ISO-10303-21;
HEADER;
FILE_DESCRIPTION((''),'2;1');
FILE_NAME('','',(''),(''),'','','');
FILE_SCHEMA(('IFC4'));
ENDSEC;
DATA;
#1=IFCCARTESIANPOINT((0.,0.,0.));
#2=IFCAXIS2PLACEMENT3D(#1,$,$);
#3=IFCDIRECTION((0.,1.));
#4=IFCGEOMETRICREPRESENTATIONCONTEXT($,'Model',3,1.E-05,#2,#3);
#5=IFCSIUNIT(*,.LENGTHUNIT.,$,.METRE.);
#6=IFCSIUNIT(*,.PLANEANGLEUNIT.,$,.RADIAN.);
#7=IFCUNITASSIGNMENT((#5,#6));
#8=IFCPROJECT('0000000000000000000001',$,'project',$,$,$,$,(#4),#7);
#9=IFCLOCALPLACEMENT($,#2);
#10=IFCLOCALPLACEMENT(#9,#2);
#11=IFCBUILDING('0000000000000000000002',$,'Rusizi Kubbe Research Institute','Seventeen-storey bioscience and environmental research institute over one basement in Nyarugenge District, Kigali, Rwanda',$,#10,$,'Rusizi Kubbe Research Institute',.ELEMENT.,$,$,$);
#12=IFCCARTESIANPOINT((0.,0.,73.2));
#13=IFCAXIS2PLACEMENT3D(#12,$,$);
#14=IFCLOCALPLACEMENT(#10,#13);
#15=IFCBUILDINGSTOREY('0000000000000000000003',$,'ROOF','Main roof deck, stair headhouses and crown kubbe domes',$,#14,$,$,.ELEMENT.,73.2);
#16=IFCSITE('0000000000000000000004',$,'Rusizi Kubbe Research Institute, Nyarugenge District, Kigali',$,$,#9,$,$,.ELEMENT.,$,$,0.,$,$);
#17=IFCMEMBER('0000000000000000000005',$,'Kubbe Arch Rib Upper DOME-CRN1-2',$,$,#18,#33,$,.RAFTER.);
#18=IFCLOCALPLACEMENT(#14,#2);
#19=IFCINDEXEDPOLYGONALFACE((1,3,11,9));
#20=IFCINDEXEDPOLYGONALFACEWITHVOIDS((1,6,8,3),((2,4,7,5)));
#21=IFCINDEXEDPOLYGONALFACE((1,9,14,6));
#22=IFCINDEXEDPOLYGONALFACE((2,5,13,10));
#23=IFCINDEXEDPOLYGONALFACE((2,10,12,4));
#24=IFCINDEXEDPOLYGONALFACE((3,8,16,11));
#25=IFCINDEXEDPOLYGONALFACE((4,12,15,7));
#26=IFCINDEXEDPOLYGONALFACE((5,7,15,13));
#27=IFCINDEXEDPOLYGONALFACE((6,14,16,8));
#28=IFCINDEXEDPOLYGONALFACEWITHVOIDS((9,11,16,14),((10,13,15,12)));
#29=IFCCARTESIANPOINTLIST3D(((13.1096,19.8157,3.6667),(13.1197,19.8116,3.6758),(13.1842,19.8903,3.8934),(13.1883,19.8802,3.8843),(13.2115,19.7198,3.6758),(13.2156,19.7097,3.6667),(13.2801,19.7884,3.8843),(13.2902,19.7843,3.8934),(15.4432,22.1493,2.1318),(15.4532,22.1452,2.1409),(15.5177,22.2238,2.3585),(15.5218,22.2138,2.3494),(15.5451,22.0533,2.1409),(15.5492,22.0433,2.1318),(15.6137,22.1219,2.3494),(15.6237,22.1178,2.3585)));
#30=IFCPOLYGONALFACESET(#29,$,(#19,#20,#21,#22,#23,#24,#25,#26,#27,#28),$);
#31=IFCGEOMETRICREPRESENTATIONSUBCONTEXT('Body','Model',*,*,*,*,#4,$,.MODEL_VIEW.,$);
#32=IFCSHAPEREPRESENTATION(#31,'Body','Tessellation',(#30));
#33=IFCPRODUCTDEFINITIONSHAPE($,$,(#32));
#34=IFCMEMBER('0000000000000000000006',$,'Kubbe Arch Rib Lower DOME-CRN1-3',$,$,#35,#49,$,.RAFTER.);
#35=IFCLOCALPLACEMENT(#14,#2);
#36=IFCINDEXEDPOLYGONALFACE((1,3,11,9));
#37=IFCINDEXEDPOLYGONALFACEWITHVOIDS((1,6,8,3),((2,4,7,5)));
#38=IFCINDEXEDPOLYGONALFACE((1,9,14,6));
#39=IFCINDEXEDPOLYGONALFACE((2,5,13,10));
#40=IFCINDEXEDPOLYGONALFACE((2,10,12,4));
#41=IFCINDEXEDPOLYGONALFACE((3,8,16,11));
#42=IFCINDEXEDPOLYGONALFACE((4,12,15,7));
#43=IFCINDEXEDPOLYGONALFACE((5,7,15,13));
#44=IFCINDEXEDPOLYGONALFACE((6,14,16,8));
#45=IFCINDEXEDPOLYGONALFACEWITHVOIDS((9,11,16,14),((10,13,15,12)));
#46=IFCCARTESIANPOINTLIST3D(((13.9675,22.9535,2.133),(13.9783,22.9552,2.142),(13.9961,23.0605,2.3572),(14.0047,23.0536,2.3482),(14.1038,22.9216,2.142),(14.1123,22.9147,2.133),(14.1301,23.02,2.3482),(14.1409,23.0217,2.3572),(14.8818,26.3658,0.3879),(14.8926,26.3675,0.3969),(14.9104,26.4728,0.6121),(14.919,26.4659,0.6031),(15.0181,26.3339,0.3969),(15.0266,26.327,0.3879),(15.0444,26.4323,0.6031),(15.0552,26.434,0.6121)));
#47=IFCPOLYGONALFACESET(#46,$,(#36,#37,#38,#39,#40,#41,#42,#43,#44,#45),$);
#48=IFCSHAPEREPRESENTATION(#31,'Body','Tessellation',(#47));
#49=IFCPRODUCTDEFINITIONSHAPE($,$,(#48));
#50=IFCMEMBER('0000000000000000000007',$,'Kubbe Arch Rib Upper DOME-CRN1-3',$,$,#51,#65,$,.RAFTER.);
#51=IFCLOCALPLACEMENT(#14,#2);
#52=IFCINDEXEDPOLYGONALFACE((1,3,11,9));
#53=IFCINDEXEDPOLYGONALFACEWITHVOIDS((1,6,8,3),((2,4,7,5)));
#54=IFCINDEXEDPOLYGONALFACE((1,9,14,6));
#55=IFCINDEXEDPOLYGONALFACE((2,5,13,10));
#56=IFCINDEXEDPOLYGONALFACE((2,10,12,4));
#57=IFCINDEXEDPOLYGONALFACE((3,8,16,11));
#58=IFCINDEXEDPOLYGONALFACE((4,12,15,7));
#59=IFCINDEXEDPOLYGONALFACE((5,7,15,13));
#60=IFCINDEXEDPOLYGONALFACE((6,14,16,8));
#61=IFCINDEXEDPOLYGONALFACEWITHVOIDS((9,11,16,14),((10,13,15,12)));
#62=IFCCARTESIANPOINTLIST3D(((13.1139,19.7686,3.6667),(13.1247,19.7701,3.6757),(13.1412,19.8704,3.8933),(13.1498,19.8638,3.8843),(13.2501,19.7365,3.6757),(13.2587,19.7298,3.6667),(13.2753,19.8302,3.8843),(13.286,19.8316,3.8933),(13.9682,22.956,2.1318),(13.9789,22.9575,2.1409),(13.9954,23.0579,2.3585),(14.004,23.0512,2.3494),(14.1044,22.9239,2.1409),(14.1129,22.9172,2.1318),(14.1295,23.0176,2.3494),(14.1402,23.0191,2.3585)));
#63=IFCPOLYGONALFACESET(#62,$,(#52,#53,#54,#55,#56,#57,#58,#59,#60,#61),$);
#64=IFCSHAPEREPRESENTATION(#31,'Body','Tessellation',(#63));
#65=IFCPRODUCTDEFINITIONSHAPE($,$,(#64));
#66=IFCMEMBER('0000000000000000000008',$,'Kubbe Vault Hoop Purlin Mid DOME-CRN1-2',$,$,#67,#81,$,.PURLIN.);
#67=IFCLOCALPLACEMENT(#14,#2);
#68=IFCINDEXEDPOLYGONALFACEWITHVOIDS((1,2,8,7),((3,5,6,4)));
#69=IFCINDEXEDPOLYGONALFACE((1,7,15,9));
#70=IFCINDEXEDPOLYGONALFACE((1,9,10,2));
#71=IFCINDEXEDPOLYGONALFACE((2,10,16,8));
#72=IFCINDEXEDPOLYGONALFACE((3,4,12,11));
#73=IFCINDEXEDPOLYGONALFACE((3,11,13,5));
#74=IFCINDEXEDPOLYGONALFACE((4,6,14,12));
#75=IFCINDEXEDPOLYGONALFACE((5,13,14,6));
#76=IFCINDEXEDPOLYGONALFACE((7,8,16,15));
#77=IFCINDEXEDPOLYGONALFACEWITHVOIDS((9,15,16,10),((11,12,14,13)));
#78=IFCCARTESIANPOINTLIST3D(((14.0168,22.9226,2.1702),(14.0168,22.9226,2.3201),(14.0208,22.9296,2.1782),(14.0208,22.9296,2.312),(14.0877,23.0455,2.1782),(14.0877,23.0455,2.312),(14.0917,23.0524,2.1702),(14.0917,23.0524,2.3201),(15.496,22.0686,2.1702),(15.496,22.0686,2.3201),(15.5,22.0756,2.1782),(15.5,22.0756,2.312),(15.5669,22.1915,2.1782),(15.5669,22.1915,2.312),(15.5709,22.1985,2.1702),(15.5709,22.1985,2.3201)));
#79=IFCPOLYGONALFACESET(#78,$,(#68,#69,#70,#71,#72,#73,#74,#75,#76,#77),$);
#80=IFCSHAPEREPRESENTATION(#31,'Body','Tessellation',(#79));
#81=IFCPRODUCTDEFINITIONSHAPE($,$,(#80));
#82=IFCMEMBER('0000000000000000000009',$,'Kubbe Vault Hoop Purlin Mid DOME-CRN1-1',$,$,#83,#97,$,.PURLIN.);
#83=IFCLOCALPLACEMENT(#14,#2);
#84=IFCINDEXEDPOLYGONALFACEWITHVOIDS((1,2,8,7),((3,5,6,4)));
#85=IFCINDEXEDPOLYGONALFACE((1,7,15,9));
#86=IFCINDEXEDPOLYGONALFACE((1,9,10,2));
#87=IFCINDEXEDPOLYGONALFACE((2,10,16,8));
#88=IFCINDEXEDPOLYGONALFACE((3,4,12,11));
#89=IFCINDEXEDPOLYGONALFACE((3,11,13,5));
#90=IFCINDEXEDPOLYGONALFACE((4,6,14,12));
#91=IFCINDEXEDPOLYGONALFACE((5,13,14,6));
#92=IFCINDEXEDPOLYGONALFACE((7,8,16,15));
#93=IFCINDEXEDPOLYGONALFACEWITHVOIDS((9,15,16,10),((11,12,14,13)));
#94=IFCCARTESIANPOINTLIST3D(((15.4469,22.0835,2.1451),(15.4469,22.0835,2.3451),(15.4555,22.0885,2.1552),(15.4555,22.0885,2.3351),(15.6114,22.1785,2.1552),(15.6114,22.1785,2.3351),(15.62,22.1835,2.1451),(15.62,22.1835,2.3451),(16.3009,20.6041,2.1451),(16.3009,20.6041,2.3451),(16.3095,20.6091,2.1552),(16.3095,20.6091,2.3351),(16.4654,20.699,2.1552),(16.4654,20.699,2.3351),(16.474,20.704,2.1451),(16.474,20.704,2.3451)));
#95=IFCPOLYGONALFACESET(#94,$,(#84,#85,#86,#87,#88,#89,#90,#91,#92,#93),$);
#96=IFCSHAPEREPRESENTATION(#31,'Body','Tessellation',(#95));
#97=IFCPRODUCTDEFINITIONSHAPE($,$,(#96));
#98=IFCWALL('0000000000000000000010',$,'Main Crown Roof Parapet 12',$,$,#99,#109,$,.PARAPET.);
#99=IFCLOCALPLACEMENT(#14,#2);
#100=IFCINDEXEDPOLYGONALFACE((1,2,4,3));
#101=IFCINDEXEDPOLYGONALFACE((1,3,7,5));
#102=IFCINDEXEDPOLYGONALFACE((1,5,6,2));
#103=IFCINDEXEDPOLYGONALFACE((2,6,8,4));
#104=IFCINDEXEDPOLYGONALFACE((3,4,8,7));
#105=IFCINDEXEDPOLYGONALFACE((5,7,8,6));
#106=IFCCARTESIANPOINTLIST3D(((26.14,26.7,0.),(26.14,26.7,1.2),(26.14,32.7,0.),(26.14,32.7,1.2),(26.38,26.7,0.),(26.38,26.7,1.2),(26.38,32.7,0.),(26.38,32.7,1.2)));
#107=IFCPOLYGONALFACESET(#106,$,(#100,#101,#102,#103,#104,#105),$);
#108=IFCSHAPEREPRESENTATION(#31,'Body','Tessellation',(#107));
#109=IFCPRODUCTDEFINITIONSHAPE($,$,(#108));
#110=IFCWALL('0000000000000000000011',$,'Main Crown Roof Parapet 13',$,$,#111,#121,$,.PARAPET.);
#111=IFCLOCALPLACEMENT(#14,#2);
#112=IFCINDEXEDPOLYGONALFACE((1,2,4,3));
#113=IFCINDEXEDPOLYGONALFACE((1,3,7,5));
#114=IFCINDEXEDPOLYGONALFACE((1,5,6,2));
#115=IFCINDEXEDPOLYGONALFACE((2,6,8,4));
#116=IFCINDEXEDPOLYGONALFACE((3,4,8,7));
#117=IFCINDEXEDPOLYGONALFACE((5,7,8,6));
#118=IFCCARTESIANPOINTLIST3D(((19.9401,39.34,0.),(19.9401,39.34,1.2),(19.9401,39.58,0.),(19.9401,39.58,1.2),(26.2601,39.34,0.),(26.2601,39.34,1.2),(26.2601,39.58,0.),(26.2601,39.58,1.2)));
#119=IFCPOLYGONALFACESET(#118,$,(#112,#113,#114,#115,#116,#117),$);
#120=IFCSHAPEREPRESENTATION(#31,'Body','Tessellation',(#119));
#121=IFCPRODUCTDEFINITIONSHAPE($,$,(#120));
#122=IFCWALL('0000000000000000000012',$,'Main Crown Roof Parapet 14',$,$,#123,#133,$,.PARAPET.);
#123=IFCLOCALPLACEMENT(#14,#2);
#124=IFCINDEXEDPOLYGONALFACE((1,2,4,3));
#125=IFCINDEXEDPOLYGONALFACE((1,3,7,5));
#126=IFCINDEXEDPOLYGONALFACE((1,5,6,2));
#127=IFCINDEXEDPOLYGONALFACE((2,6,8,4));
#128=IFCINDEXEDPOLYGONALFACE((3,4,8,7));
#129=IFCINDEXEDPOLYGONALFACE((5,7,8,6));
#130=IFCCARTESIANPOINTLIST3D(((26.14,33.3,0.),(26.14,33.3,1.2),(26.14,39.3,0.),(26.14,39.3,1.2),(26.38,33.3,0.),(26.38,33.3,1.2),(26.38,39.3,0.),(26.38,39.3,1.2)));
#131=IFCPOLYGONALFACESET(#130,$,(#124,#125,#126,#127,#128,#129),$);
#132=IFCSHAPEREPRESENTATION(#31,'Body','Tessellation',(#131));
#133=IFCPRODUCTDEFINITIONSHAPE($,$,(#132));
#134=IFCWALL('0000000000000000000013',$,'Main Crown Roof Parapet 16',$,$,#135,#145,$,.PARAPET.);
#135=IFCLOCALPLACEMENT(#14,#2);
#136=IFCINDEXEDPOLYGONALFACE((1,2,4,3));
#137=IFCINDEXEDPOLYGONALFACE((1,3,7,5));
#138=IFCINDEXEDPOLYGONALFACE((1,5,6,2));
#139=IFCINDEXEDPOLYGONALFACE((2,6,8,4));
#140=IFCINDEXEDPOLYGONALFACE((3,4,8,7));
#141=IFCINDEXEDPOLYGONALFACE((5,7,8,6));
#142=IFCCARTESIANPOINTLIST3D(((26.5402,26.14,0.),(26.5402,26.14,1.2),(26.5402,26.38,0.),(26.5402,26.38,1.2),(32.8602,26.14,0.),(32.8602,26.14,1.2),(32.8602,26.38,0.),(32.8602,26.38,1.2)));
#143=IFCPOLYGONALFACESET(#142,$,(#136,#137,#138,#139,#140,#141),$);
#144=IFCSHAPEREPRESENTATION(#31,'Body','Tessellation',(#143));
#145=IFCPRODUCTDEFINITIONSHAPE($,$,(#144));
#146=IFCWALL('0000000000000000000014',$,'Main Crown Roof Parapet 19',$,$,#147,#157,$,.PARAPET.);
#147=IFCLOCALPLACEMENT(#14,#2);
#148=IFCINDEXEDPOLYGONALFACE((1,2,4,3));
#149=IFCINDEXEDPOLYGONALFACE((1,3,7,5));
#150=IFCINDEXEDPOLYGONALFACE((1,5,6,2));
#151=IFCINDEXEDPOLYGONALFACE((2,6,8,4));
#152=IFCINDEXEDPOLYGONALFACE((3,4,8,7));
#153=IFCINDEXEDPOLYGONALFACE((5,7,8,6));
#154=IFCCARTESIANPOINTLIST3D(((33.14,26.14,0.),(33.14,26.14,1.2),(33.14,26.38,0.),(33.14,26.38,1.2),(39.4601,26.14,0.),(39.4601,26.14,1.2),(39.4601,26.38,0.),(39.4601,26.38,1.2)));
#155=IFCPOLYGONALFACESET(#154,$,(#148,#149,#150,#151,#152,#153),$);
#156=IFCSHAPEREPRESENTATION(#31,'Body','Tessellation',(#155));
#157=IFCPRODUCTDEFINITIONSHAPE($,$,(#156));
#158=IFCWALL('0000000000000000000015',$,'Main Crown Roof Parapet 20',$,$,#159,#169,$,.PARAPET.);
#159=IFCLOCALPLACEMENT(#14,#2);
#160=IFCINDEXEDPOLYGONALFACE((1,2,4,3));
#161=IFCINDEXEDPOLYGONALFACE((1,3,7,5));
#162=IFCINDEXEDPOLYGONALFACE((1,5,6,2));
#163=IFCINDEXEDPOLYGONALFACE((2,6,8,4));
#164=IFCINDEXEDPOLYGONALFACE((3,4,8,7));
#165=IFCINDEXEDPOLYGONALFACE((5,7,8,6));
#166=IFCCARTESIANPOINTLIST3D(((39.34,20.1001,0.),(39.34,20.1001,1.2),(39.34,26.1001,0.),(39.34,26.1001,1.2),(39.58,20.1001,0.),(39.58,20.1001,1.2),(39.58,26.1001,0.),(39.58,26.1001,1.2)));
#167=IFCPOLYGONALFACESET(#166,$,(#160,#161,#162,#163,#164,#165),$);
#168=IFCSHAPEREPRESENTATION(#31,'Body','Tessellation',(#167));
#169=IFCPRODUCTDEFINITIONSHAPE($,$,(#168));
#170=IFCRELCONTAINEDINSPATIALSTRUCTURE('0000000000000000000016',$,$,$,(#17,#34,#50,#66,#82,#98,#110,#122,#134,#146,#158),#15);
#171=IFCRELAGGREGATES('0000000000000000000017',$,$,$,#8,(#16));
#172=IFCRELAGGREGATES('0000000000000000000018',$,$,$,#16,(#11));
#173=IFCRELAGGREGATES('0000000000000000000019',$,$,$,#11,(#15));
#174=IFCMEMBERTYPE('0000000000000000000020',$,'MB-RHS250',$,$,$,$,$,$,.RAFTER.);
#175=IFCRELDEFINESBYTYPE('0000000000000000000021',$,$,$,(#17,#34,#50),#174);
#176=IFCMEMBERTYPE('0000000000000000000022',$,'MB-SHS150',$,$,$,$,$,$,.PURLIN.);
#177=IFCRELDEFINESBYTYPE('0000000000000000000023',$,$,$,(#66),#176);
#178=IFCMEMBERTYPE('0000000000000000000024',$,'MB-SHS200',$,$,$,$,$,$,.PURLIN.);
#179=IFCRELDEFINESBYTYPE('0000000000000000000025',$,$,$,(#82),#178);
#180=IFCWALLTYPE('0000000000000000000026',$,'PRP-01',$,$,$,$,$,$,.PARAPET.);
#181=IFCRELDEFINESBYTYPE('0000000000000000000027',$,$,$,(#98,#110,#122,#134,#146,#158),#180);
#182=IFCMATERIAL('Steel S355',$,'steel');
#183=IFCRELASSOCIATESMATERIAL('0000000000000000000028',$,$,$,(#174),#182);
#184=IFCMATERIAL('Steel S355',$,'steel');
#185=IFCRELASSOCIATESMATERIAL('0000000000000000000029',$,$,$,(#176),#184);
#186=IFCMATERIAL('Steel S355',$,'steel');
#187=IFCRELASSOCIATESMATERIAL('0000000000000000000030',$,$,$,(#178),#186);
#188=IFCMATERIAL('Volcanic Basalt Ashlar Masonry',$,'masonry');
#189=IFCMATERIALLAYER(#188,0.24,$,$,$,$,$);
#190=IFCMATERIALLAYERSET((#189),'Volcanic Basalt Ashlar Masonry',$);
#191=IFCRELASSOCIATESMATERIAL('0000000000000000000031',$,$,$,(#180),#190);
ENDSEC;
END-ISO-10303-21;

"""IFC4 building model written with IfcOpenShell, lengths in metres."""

from ifc_helpers import new_model, si_unit, direction, frame, frame_2d, origin, origin_2d, place, context, subcontext, project, spatial, rectangle, hollow_rectangle, extrude, material, layer, layer_set, material_profile, profile_set, type_object, element, save


model = new_model("IFC4")

# Units and contexts
model_context = context("Model", 3, precision=1e-05, world=origin(), true_north=direction((0.0, 1.0)))
body_context = subcontext(model_context, "Body", "Model", "MODEL_VIEW")
ifc_project = project(units=[si_unit("LENGTHUNIT", "METRE"), si_unit("PLANEANGLEUNIT", "RADIAN")], contexts=[model_context])

# Site, building, storey
site_placement = place(None, origin())
site = spatial("IfcSite", under=ifc_project, at=site_placement, Name="Rusizi Kubbe Research Institute, Nyarugenge District, Kigali", CompositionType="ELEMENT", RefElevation=0.0)
building_placement = place(site_placement, origin())
building = spatial("IfcBuilding", under=site, at=building_placement, Name="Rusizi Kubbe Research Institute", Description="Seventeen-storey bioscience and environmental research institute over one basement in Nyarugenge District, Kigali, Rwanda", LongName="Rusizi Kubbe Research Institute", CompositionType="ELEMENT")
storey_placement = place(building_placement, frame((0.0, 0.0, 73.2)))
storey = spatial("IfcBuildingStorey", under=building, at=storey_placement, Name="ROOF", Description="Main roof deck, stair headhouses and crown kubbe domes", CompositionType="ELEMENT", Elevation=73.2)

# Members
ifc_material_1 = material(Name="Steel S355", Category="steel")
ifc_material_profile_1 = material_profile(ifc_material_1, hollow_rectangle(XDim=0.1499, YDim=0.25, WallThickness=0.01, at=origin_2d()), Name="RHS 250x150x10.0")
ifc_profile_set_1 = profile_set([ifc_material_profile_1], Name="Steel S355")
member_type_1 = type_object("IfcMemberType", Name="MB-RHS250", PredefinedType="RAFTER", material=ifc_profile_set_1)
member_1_placement = place(storey_placement, frame((15.5334, 22.1335, 2.2451), z_axis=(-0.641149, -0.641149, 0.421731), x_axis=(0.707107, -0.707107, 0.0)))
element("IfcMember", 1, at=member_1_placement, inside=storey, type_object=member_type_1, Name="Kubbe Arch Rib Upper DOME-CRN1-2", PredefinedType="RAFTER", context=body_context, shape_type="SweptSolid", body=[
    extrude(hollow_rectangle(XDim=0.1499, YDim=0.25, WallThickness=0.01, at=origin_2d()), origin(), (0.0, 0.0, 1.0), 3.6396),
])
member_2_placement = place(storey_placement, frame((14.9685, 26.3999, 0.5), z_axis=(-0.232043, -0.866025, 0.442895), x_axis=(0.965928, -0.258811, 0.0)))
element("IfcMember", 2, at=member_2_placement, inside=storey, type_object=member_type_1, Name="Kubbe Arch Rib Lower DOME-CRN1-3", PredefinedType="RAFTER", context=body_context, shape_type="SweptSolid", body=[
    extrude(hollow_rectangle(XDim=0.1499, YDim=0.25, WallThickness=0.01, at=origin_2d()), origin(), (0.0, 0.0, 1.0), 3.9402),
])
member_3_placement = place(storey_placement, frame((14.0542, 22.9875, 2.2451), z_axis=(-0.234717, -0.875811, 0.421739), x_axis=(0.965914, -0.258864, 0.0)))
element("IfcMember", 3, at=member_3_placement, inside=storey, type_object=member_type_1, Name="Kubbe Arch Rib Upper DOME-CRN1-3", PredefinedType="RAFTER", context=body_context, shape_type="SweptSolid", body=[
    extrude(hollow_rectangle(XDim=0.1499, YDim=0.25, WallThickness=0.01, at=origin_2d()), origin(), (0.0, 0.0, 1.0), 3.6394),
])
ifc_material_2 = material(Name="Steel S355", Category="steel")
ifc_material_profile_2 = material_profile(ifc_material_2, hollow_rectangle(XDim=0.1499, YDim=0.1499, WallThickness=0.0081, at=origin_2d()), Name="SHS 150x150x8.0")
ifc_profile_set_2 = profile_set([ifc_material_profile_2], Name="Steel S355")
member_type_2 = type_object("IfcMemberType", Name="MB-SHS150", PredefinedType="PURLIN", material=ifc_profile_set_2)
member_4_placement = place(storey_placement, frame((15.5334, 22.1335, 2.2451), z_axis=(-0.866036, 0.499982, 0.0), x_axis=(-0.499982, -0.866036, 0.0)))
element("IfcMember", 4, at=member_4_placement, inside=storey, type_object=member_type_2, Name="Kubbe Vault Hoop Purlin Mid DOME-CRN1-2", PredefinedType="PURLIN", context=body_context, shape_type="SweptSolid", body=[
    extrude(hollow_rectangle(XDim=0.1499, YDim=0.1499, WallThickness=0.0081, at=origin_2d()), origin(), (0.0, 0.0, 1.0), 1.708),
])
ifc_material_3 = material(Name="Steel S355", Category="steel")
ifc_material_profile_3 = material_profile(ifc_material_3, hollow_rectangle(XDim=0.2, YDim=0.2, WallThickness=0.01, at=origin_2d()), Name="SHS 200x200x10.0")
ifc_profile_set_3 = profile_set([ifc_material_profile_3], Name="Steel S355")
member_type_3 = type_object("IfcMemberType", Name="MB-SHS200", PredefinedType="PURLIN", material=ifc_profile_set_3)
member_5_placement = place(storey_placement, frame((16.3875, 20.6541, 2.2451), z_axis=(-0.49992, 0.866071, 0.0), x_axis=(-0.866071, -0.49992, 0.0)))
element("IfcMember", 5, at=member_5_placement, inside=storey, type_object=member_type_3, Name="Kubbe Vault Hoop Purlin Mid DOME-CRN1-1", PredefinedType="PURLIN", context=body_context, shape_type="SweptSolid", body=[
    extrude(hollow_rectangle(XDim=0.2, YDim=0.2, WallThickness=0.01, at=origin_2d()), origin(), (0.0, 0.0, 1.0), 1.7083),
])

# Walls
ifc_material_4 = material(Name="Volcanic Basalt Ashlar Masonry", Category="masonry")
ifc_layer = layer(ifc_material_4, 0.24)
ifc_layer_set = layer_set([ifc_layer], Name="Volcanic Basalt Ashlar Masonry")
wall_type = type_object("IfcWallType", Name="PRP-01", PredefinedType="PARAPET", material=ifc_layer_set)
wall_1_placement = place(storey_placement, frame((26.26, 26.7, 0.0), z_axis=(0.0, 0.0, 1.0), x_axis=(0.0, 1.0, 0.0)))
element("IfcWall", 6, at=wall_1_placement, inside=storey, type_object=wall_type, Name="Main Crown Roof Parapet 12", PredefinedType="PARAPET", context=body_context, shape_type="SweptSolid", body=[
    extrude(rectangle(XDim=6.0, YDim=0.24, at=frame_2d((3.0, 0.0))), origin(), (0.0, 0.0, 1.0), 1.2),
])
wall_2_placement = place(storey_placement, frame((19.9399, 39.46, 0.0), z_axis=(0.0, 0.0, 1.0), x_axis=(1.0, 0.0, 0.0)))
element("IfcWall", 7, at=wall_2_placement, inside=storey, type_object=wall_type, Name="Main Crown Roof Parapet 13", PredefinedType="PARAPET", context=body_context, shape_type="SweptSolid", body=[
    extrude(rectangle(XDim=6.3201, YDim=0.24, at=frame_2d((3.1602, 0.0))), origin(), (0.0, 0.0, 1.0), 1.2),
])
wall_3_placement = place(storey_placement, frame((26.26, 33.3, 0.0), z_axis=(0.0, 0.0, 1.0), x_axis=(0.0, 1.0, 0.0)))
element("IfcWall", 8, at=wall_3_placement, inside=storey, type_object=wall_type, Name="Main Crown Roof Parapet 14", PredefinedType="PARAPET", context=body_context, shape_type="SweptSolid", body=[
    extrude(rectangle(XDim=6.0, YDim=0.24, at=frame_2d((3.0, 0.0))), origin(), (0.0, 0.0, 1.0), 1.2),
])
for number, where, z_axis, x_axis, name in (
    (9, (26.54, 26.26, 0.0), (0.0, 0.0, 1.0), (1.0, 0.0, 0.0), "Main Crown Roof Parapet 16"),
    (10, (33.1399, 26.26, 0.0), (0.0, 0.0, 1.0), (1.0, 0.0, 0.0), "Main Crown Roof Parapet 19"),
):
    element("IfcWall", number, at=place(storey_placement, frame(where, z_axis=z_axis, x_axis=x_axis)), inside=storey, type_object=wall_type, Name=name, PredefinedType="PARAPET", context=body_context, shape_type="SweptSolid", body=[
        extrude(rectangle(XDim=6.3201, YDim=0.24, at=frame_2d((3.1602, 0.0))), origin(), (0.0, 0.0, 1.0), 1.2),
    ])
wall_4_placement = place(storey_placement, frame((39.46, 20.1001, 0.0), z_axis=(0.0, 0.0, 1.0), x_axis=(0.0, 1.0, 0.0)))
element("IfcWall", 11, at=wall_4_placement, inside=storey, type_object=wall_type, Name="Main Crown Roof Parapet 20", PredefinedType="PARAPET", context=body_context, shape_type="SweptSolid", body=[
    extrude(rectangle(XDim=6.0, YDim=0.24, at=frame_2d((3.0, 0.0))), origin(), (0.0, 0.0, 1.0), 1.2),
])

save(model, "model.ifc")
